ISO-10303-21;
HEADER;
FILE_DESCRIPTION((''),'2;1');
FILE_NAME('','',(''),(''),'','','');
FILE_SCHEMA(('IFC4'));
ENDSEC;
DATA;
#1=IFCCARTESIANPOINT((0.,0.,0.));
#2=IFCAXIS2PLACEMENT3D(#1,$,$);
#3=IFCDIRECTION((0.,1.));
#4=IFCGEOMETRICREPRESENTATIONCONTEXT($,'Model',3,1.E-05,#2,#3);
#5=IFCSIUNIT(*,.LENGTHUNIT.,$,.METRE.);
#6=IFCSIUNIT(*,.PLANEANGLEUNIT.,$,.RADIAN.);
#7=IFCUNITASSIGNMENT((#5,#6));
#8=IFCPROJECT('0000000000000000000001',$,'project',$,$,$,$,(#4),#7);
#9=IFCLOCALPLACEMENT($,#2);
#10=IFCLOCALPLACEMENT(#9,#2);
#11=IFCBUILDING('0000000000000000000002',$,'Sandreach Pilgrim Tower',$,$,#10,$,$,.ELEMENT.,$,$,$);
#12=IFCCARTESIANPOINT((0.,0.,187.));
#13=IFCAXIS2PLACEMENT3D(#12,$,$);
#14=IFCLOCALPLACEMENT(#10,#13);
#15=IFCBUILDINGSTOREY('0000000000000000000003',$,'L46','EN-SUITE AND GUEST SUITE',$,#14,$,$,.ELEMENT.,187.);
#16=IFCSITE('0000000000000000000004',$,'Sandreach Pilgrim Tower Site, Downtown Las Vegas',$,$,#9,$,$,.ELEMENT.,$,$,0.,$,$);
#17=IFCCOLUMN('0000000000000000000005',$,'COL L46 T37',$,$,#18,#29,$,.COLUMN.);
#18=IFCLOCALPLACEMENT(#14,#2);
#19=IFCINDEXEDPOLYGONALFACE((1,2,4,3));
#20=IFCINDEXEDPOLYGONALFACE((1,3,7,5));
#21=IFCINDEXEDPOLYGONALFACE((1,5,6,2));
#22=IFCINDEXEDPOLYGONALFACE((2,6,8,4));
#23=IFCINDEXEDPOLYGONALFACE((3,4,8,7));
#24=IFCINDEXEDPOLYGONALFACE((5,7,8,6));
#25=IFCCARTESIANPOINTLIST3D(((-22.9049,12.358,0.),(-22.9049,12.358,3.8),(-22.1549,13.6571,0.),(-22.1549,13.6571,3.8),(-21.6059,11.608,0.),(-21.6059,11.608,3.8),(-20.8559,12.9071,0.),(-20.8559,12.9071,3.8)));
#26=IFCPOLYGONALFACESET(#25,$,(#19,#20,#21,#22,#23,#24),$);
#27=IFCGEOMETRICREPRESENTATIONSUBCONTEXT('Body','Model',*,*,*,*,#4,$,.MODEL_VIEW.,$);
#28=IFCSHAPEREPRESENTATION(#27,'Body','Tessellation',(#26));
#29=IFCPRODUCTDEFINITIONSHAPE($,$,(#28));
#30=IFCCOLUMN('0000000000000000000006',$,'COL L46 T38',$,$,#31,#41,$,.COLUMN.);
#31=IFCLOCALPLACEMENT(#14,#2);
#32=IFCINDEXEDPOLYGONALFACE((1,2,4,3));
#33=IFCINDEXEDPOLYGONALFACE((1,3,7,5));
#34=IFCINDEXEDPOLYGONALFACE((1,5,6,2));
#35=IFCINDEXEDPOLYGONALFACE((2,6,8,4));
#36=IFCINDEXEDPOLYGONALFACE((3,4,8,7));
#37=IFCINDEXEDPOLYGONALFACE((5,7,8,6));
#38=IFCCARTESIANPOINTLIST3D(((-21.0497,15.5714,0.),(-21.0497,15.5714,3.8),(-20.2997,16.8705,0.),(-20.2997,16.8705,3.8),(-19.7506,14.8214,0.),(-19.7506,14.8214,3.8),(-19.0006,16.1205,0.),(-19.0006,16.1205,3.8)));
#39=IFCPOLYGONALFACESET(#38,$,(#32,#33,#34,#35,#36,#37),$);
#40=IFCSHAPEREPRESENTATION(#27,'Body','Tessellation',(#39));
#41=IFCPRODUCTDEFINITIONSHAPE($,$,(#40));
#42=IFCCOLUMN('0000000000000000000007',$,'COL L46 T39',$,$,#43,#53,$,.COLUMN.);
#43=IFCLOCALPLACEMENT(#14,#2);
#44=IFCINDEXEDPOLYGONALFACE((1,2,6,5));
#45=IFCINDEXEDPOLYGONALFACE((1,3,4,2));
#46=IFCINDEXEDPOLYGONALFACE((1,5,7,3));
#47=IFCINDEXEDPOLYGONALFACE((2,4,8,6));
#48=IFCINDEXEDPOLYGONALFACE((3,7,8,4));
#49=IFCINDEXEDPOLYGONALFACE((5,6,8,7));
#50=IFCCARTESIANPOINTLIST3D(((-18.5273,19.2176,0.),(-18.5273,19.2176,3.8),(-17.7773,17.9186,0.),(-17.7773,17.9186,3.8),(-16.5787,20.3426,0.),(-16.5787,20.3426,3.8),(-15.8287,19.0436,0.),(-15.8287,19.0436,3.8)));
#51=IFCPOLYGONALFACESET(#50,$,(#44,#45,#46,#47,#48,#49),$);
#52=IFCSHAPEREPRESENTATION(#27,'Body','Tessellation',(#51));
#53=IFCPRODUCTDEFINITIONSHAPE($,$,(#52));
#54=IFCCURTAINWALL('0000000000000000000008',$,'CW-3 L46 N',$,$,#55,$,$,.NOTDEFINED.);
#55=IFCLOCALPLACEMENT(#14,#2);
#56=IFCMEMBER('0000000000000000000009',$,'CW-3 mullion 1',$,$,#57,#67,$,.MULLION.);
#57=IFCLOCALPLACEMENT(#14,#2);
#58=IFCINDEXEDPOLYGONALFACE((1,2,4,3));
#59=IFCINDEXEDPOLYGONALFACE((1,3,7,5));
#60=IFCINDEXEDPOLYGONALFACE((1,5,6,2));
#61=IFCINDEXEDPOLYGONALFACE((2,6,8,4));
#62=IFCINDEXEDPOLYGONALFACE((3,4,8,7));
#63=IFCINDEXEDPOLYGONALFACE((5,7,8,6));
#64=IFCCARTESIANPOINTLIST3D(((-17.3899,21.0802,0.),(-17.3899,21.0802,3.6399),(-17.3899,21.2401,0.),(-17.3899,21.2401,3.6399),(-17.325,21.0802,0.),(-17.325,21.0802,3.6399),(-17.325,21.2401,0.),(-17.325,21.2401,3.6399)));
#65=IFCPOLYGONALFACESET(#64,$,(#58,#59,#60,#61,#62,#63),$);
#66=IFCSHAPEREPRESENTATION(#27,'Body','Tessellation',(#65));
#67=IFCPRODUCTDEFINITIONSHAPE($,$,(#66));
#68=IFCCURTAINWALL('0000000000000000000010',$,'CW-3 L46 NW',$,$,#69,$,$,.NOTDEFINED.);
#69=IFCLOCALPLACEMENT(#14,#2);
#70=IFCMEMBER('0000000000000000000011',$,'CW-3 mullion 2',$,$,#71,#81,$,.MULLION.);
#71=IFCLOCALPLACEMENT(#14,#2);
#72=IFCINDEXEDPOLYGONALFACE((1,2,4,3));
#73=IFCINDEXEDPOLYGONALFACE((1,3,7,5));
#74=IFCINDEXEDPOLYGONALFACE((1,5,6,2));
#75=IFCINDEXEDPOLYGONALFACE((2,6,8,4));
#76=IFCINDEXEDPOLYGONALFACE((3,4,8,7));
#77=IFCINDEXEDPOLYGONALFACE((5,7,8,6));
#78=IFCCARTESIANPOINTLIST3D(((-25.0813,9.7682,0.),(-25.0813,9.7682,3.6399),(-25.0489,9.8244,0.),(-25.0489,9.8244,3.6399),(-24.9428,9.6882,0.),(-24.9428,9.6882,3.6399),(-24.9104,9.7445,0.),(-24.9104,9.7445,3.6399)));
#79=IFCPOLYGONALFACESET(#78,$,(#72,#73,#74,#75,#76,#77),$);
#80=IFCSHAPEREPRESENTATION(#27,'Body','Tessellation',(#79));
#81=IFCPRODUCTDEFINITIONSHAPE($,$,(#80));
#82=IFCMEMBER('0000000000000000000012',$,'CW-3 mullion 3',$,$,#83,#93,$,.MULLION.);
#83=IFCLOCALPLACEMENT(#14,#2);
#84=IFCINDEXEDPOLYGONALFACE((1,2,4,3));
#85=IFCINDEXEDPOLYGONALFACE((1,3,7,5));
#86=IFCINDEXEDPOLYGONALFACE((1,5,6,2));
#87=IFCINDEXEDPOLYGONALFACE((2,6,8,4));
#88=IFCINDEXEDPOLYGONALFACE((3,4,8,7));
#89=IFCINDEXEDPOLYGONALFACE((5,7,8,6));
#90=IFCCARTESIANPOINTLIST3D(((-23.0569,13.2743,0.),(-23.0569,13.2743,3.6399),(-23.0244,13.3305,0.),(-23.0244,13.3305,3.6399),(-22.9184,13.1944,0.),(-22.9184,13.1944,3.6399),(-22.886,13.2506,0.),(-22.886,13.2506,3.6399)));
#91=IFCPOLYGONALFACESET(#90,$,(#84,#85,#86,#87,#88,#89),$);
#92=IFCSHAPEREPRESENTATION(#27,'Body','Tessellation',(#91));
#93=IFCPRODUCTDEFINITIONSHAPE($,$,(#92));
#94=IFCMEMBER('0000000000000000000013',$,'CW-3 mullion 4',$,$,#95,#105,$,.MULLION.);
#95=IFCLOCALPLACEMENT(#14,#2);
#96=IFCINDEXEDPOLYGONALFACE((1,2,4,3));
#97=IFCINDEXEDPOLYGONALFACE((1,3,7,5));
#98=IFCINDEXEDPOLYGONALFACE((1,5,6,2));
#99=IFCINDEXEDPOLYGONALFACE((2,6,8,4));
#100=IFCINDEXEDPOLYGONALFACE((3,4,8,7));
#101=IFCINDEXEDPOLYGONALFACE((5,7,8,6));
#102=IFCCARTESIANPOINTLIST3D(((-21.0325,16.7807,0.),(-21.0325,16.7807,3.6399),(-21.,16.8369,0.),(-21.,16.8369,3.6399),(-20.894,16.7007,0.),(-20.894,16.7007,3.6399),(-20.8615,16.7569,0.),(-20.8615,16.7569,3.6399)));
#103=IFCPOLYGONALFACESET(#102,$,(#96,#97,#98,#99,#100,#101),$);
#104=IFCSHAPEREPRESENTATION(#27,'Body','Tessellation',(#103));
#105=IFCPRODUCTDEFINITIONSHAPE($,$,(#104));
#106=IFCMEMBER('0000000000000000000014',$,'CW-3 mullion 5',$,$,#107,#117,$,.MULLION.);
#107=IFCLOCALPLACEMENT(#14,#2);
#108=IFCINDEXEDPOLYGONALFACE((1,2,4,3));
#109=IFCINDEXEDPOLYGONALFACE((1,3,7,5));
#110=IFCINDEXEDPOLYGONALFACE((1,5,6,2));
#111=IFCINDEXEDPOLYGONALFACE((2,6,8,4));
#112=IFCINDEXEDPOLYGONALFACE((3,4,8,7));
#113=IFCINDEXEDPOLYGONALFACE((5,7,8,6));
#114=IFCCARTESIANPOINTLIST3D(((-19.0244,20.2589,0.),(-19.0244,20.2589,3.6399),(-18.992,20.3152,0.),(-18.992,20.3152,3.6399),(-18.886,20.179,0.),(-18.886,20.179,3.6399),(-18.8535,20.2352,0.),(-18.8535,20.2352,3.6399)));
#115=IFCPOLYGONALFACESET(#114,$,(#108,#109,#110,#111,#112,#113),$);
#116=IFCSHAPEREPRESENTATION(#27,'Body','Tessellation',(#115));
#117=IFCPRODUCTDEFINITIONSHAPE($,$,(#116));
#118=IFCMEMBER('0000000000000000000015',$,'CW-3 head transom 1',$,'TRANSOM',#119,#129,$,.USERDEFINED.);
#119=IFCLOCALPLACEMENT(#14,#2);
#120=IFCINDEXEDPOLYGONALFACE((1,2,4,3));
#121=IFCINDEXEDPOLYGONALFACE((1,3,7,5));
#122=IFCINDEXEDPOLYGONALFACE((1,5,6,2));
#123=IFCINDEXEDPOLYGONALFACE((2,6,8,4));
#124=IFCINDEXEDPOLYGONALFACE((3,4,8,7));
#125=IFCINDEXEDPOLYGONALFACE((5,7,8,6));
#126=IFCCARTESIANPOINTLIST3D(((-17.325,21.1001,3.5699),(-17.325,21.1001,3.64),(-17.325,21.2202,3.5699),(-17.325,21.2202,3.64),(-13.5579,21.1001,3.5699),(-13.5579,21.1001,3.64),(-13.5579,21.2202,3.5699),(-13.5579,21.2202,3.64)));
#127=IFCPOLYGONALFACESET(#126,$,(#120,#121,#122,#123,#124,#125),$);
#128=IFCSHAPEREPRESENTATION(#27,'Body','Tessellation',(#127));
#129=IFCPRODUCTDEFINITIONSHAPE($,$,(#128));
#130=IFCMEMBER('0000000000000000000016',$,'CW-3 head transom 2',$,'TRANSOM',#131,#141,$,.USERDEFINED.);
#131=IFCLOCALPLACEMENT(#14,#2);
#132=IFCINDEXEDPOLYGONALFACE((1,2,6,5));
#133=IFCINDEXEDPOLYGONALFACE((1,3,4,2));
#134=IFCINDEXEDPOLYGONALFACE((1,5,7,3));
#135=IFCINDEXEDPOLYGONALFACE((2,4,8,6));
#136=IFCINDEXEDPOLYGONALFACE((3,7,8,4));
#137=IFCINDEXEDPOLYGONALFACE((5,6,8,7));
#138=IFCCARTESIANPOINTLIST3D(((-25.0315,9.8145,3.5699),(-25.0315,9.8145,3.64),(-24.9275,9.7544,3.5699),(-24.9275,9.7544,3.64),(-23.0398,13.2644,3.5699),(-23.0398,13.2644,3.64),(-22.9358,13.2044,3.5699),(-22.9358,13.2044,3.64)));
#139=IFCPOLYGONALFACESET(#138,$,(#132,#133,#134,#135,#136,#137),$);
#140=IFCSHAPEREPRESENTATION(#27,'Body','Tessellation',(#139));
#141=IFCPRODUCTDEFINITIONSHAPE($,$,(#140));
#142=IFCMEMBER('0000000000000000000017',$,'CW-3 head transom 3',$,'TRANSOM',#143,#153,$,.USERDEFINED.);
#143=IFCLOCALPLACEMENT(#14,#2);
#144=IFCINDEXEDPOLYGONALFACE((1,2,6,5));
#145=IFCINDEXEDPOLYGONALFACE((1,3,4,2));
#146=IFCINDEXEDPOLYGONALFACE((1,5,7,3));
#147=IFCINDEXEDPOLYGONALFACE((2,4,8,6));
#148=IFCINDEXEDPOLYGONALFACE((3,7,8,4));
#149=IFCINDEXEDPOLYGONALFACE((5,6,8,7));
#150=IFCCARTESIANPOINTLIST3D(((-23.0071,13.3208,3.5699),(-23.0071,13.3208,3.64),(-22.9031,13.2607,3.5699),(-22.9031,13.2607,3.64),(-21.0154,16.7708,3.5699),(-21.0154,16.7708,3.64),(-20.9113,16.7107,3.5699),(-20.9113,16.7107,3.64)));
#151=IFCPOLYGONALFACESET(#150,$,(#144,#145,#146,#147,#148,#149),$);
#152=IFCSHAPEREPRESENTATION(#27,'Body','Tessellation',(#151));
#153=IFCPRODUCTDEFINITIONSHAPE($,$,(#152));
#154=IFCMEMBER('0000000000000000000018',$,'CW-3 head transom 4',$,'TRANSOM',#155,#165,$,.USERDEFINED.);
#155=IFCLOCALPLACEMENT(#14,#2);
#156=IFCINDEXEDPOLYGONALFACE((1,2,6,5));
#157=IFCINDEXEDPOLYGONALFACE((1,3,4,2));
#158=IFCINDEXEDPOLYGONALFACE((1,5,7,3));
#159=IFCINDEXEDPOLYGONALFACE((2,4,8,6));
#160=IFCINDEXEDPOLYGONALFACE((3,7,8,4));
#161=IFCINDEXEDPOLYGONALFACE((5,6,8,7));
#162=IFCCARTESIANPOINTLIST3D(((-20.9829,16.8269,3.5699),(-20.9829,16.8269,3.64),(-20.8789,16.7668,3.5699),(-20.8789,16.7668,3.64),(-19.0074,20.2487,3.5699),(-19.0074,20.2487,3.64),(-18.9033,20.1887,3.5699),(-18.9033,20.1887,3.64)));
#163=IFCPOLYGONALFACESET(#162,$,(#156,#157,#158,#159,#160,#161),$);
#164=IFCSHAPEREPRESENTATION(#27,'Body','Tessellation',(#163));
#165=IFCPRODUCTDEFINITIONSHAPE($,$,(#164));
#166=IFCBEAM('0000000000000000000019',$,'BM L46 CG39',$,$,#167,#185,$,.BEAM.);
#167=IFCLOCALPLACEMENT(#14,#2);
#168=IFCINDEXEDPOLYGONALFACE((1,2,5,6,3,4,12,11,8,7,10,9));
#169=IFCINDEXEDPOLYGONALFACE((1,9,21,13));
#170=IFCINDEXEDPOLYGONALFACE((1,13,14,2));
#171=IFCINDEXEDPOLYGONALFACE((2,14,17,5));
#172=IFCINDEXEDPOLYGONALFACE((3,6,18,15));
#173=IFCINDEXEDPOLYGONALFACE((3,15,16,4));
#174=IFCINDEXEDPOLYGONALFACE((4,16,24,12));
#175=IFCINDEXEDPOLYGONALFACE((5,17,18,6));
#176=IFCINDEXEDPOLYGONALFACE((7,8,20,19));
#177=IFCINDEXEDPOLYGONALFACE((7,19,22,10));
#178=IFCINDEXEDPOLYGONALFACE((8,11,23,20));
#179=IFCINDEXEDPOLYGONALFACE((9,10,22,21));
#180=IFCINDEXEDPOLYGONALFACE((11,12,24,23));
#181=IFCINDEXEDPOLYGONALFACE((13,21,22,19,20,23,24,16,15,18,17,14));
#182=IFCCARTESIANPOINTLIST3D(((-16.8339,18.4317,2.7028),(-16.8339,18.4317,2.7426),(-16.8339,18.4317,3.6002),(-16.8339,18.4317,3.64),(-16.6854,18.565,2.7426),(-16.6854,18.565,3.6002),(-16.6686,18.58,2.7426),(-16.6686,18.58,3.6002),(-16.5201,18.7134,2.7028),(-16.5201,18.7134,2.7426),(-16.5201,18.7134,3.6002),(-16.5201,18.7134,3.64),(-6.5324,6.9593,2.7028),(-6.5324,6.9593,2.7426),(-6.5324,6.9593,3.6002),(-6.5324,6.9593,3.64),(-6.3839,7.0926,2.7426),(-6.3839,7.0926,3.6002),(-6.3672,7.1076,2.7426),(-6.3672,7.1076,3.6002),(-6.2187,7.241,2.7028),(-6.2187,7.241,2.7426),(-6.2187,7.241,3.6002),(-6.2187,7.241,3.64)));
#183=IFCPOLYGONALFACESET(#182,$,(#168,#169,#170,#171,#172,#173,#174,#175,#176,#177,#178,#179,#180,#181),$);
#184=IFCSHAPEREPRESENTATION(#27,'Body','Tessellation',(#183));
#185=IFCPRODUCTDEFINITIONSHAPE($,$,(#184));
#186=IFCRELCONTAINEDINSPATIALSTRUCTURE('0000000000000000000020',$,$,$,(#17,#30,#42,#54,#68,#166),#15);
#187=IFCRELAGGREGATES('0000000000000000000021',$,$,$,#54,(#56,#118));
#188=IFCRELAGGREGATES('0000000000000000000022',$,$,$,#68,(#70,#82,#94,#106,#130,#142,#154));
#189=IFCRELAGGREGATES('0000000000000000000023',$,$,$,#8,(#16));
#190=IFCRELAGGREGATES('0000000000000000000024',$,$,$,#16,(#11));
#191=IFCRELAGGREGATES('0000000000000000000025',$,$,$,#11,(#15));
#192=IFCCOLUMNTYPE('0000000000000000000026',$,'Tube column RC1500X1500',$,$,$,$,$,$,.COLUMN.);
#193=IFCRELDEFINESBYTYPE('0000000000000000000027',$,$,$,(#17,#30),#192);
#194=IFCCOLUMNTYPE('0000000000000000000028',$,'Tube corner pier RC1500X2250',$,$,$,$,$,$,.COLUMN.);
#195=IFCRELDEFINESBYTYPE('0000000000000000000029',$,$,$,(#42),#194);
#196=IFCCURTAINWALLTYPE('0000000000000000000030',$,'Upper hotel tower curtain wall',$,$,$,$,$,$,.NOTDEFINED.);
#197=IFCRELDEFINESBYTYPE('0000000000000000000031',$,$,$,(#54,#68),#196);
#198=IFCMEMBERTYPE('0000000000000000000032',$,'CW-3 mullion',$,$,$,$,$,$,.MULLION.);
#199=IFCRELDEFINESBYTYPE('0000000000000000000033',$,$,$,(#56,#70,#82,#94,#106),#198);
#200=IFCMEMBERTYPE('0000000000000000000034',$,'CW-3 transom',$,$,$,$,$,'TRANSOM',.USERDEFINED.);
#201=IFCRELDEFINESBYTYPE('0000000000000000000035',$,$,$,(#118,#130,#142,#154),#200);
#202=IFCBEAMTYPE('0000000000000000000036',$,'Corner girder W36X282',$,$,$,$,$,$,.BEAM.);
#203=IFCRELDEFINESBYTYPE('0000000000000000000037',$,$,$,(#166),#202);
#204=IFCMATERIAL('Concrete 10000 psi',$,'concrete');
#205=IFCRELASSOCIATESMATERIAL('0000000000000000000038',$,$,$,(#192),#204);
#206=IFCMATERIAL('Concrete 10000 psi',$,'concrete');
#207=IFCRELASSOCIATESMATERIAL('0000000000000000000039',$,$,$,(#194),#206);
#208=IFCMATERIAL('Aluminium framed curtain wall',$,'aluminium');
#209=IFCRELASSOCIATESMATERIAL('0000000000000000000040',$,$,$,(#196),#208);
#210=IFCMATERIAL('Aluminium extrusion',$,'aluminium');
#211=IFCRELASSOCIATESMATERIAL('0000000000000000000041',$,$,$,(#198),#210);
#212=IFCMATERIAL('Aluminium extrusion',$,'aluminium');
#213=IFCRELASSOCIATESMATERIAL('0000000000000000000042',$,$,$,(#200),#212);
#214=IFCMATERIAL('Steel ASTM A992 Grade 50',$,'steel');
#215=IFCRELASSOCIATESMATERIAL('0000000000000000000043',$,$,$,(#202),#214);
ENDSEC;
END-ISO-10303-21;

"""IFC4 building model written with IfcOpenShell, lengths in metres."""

from ifc_helpers import new_model, si_unit, direction, frame, origin, origin_2d, place, context, subcontext, project, spatial, rectangle, i_section, extrude, material, material_profile, profile_set, type_object, element, aggregate, save


model = new_model("IFC4")

# Units and contexts
model_context = context("Model", 3, precision=1e-05, world=origin(), true_north=direction((0.0, 1.0)))
body_context = subcontext(model_context, "Body", "Model", "MODEL_VIEW")
ifc_project = project(units=[si_unit("LENGTHUNIT", "METRE"), si_unit("PLANEANGLEUNIT", "RADIAN")], contexts=[model_context])

# Site, building, storey
site_placement = place(None, origin())
site = spatial("IfcSite", under=ifc_project, at=site_placement, Name="Sandreach Pilgrim Tower Site, Downtown Las Vegas", CompositionType="ELEMENT", RefElevation=0.0)
building_placement = place(site_placement, origin())
building = spatial("IfcBuilding", under=site, at=building_placement, Name="Sandreach Pilgrim Tower", CompositionType="ELEMENT")
storey_placement = place(building_placement, frame((0.0, 0.0, 187.0)))
storey = spatial("IfcBuildingStorey", under=building, at=storey_placement, Name="L46", Description="EN-SUITE AND GUEST SUITE", CompositionType="ELEMENT", Elevation=187.0)

# Columns
ifc_material_1 = material(Name="Concrete 10000 psi", Category="concrete")
ifc_material_profile_1 = material_profile(ifc_material_1, rectangle(XDim=1.5, YDim=1.5, at=origin_2d()), Name="RC1500X1500")
ifc_profile_set_1 = profile_set([ifc_material_profile_1], Name="Concrete 10000 psi")
column_type_1 = type_object("IfcColumnType", Name="Tube column RC1500X1500", PredefinedType="COLUMN", material=ifc_profile_set_1)
for number, where, z_axis, x_axis, name in (
    (1, (-21.8804, 12.6326, 0.0), (0.0, 0.0, 1.0), (-0.866025, 0.5, 0.0), "COL L46 T37"),
    (2, (-20.0251, 15.8459, 0.0), (0.0, 0.0, 1.0), (-0.866025, 0.5, 0.0), "COL L46 T38"),
):
    element("IfcColumn", number, at=place(storey_placement, frame(where, z_axis=z_axis, x_axis=x_axis)), inside=storey, type_object=column_type_1, Name=name, PredefinedType="COLUMN", context=body_context, shape_type="SweptSolid", body=[
        extrude(rectangle(XDim=1.5, YDim=1.5, at=origin_2d()), origin(), (0.0, 0.0, 1.0), 3.8),
    ])
ifc_material_2 = material(Name="Concrete 10000 psi", Category="concrete")
ifc_material_profile_2 = material_profile(ifc_material_2, rectangle(XDim=1.5, YDim=2.25, at=origin_2d()), Name="RC1500X2250")
ifc_profile_set_2 = profile_set([ifc_material_profile_2], Name="Concrete 10000 psi")
column_type_2 = type_object("IfcColumnType", Name="Tube corner pier RC1500X2250", PredefinedType="COLUMN", material=ifc_profile_set_2)
column_placement = place(storey_placement, frame((-17.178, 19.1306, 0.0), z_axis=(0.0, 0.0, 1.0), x_axis=(-0.5, 0.866025, 0.0)))
element("IfcColumn", 3, at=column_placement, inside=storey, type_object=column_type_2, Name="COL L46 T39", PredefinedType="COLUMN", context=body_context, shape_type="SweptSolid", body=[
    extrude(rectangle(XDim=1.5, YDim=2.25, at=origin_2d()), origin(), (0.0, 0.0, 1.0), 3.8),
])

# Curtain wall, member
ifc_material_3 = material(Name="Aluminium framed curtain wall", Category="aluminium")
curtain_wall_type = type_object("IfcCurtainWallType", Name="Upper hotel tower curtain wall", PredefinedType="NOTDEFINED", material=ifc_material_3)
curtain_wall_1_placement = place(storey_placement, origin())
curtain_wall_1 = element("IfcCurtainWall", 4, at=curtain_wall_1_placement, inside=storey, type_object=curtain_wall_type, Name="CW-3 L46 N", PredefinedType="NOTDEFINED")
ifc_material_4 = material(Name="Aluminium extrusion", Category="aluminium")
ifc_material_profile_3 = material_profile(ifc_material_4, rectangle(XDim=0.0649, YDim=0.1599, at=origin_2d()), Name="CW-3M 65X160")
ifc_profile_set_3 = profile_set([ifc_material_profile_3], Name="Aluminium extrusion")
member_type_1 = type_object("IfcMemberType", Name="CW-3 mullion", PredefinedType="MULLION", material=ifc_profile_set_3)
member_1_placement = place(storey_placement, frame((-17.3574, 21.1602, 0.0), z_axis=(0.0, 0.0, 1.0), x_axis=(1.0, 0.0, 0.0)))
member_1 = element("IfcMember", 5, at=member_1_placement, type_object=member_type_1, Name="CW-3 mullion 1", PredefinedType="MULLION", context=body_context, shape_type="SweptSolid", body=[
    extrude(rectangle(XDim=0.0649, YDim=0.1599, at=origin_2d()), origin(), (0.0, 0.0, 1.0), 3.6399),
])

# Curtain wall, members
curtain_wall_2_placement = place(storey_placement, origin())
curtain_wall_2 = element("IfcCurtainWall", 6, at=curtain_wall_2_placement, inside=storey, type_object=curtain_wall_type, Name="CW-3 L46 NW", PredefinedType="NOTDEFINED")
member_2_placement = place(storey_placement, frame((-24.9958, 9.7563, 0.0), z_axis=(0.0, 0.0, 1.0), x_axis=(0.5, 0.866025, 0.0)))
member_2 = element("IfcMember", 7, at=member_2_placement, type_object=member_type_1, Name="CW-3 mullion 2", PredefinedType="MULLION", context=body_context, shape_type="SweptSolid", body=[
    extrude(rectangle(XDim=0.0649, YDim=0.1599, at=origin_2d()), origin(), (0.0, 0.0, 1.0), 3.6399),
])
member_3_placement = place(storey_placement, frame((-22.9714, 13.2625, 0.0), z_axis=(0.0, 0.0, 1.0), x_axis=(0.5, 0.866025, 0.0)))
member_3 = element("IfcMember", 8, at=member_3_placement, type_object=member_type_1, Name="CW-3 mullion 3", PredefinedType="MULLION", context=body_context, shape_type="SweptSolid", body=[
    extrude(rectangle(XDim=0.0649, YDim=0.1599, at=origin_2d()), origin(), (0.0, 0.0, 1.0), 3.6399),
])
member_4_placement = place(storey_placement, frame((-20.947, 16.7688, 0.0), z_axis=(0.0, 0.0, 1.0), x_axis=(0.5, 0.866025, 0.0)))
member_4 = element("IfcMember", 9, at=member_4_placement, type_object=member_type_1, Name="CW-3 mullion 4", PredefinedType="MULLION", context=body_context, shape_type="SweptSolid", body=[
    extrude(rectangle(XDim=0.0649, YDim=0.1599, at=origin_2d()), origin(), (0.0, 0.0, 1.0), 3.6399),
])
member_5_placement = place(storey_placement, frame((-18.939, 20.2471, 0.0), z_axis=(0.0, 0.0, 1.0), x_axis=(0.5, 0.866025, 0.0)))
member_5 = element("IfcMember", 10, at=member_5_placement, type_object=member_type_1, Name="CW-3 mullion 5", PredefinedType="MULLION", context=body_context, shape_type="SweptSolid", body=[
    extrude(rectangle(XDim=0.0649, YDim=0.1599, at=origin_2d()), origin(), (0.0, 0.0, 1.0), 3.6399),
])

# Members
ifc_material_5 = material(Name="Aluminium extrusion", Category="aluminium")
ifc_material_profile_4 = material_profile(ifc_material_5, rectangle(XDim=0.1201, YDim=0.0701, at=origin_2d()), Name="CW-3T 120X70")
ifc_profile_set_4 = profile_set([ifc_material_profile_4], Name="Aluminium extrusion")
member_type_2 = type_object("IfcMemberType", Name="CW-3 transom", ElementType="TRANSOM", PredefinedType="USERDEFINED", material=ifc_profile_set_4)
member_6_placement = place(storey_placement, frame((-17.325, 21.1602, 3.605), z_axis=(1.0, 0.0, 0.0), x_axis=(0.0, 1.0, 0.0)))
member_6 = element("IfcMember", 11, at=member_6_placement, type_object=member_type_2, Name="CW-3 head transom 1", ObjectType="TRANSOM", PredefinedType="USERDEFINED", context=body_context, shape_type="SweptSolid", body=[
    extrude(rectangle(XDim=0.1201, YDim=0.0701, at=origin_2d()), origin(), (0.0, 0.0, 1.0), 3.7671),
])
member_7_placement = place(storey_placement, frame((-24.9795, 9.7844, 3.605), z_axis=(0.499975, 0.86604, 0.0), x_axis=(-0.86604, 0.499975, 0.0)))
member_7 = element("IfcMember", 12, at=member_7_placement, type_object=member_type_2, Name="CW-3 head transom 2", ObjectType="TRANSOM", PredefinedType="USERDEFINED", context=body_context, shape_type="SweptSolid", body=[
    extrude(rectangle(XDim=0.1201, YDim=0.0701, at=origin_2d()), origin(), (0.0, 0.0, 1.0), 3.9836),
])
member_8_placement = place(storey_placement, frame((-22.9551, 13.2908, 3.605), z_axis=(0.499975, 0.86604, 0.0), x_axis=(-0.86604, 0.499975, 0.0)))
member_8 = element("IfcMember", 13, at=member_8_placement, type_object=member_type_2, Name="CW-3 head transom 3", ObjectType="TRANSOM", PredefinedType="USERDEFINED", context=body_context, shape_type="SweptSolid", body=[
    extrude(rectangle(XDim=0.1201, YDim=0.0701, at=origin_2d()), origin(), (0.0, 0.0, 1.0), 3.9836),
])
member_9_placement = place(storey_placement, frame((-20.9309, 16.7969, 3.605), z_axis=(0.499993, 0.866029, 0.0), x_axis=(-0.866029, 0.499993, 0.0)))
member_9 = element("IfcMember", 14, at=member_9_placement, type_object=member_type_2, Name="CW-3 head transom 4", ObjectType="TRANSOM", PredefinedType="USERDEFINED", context=body_context, shape_type="SweptSolid", body=[
    extrude(rectangle(XDim=0.1201, YDim=0.0701, at=origin_2d()), origin(), (0.0, 0.0, 1.0), 3.9512),
])

# Beam
ifc_material_6 = material(Name="Steel ASTM A992 Grade 50", Category="steel")
ifc_material_profile_5 = material_profile(ifc_material_6, i_section(OverallWidth=0.4216, OverallDepth=0.9373, WebThickness=0.0225, FlangeThickness=0.0398, at=origin_2d()), Name="W36X282")
ifc_profile_set_5 = profile_set([ifc_material_profile_5], Name="Steel ASTM A992 Grade 50")
beam_type_1 = type_object("IfcBeamType", Name="Corner girder W36X282", PredefinedType="BEAM", material=ifc_profile_set_5)
beam_1_placement = place(storey_placement, frame((-16.677, 18.5725, 3.1714), z_axis=(0.668117, -0.744057, 0.0), x_axis=(0.744057, 0.668117, 0.0)))
element("IfcBeam", 15, at=beam_1_placement, inside=storey, type_object=beam_type_1, Name="BM L46 CG39", PredefinedType="BEAM", context=body_context, shape_type="SweptSolid", body=[
    extrude(i_section(OverallWidth=0.4216, OverallDepth=0.9373, WebThickness=0.0225, FlangeThickness=0.0398, at=origin_2d()), origin(), (0.0, 0.0, 1.0), 15.4187),
])

aggregate(curtain_wall_1, [member_1, member_6])
aggregate(curtain_wall_2, [member_2, member_3, member_4, member_5, member_7, member_8, member_9])

save(model, "model.ifc")
